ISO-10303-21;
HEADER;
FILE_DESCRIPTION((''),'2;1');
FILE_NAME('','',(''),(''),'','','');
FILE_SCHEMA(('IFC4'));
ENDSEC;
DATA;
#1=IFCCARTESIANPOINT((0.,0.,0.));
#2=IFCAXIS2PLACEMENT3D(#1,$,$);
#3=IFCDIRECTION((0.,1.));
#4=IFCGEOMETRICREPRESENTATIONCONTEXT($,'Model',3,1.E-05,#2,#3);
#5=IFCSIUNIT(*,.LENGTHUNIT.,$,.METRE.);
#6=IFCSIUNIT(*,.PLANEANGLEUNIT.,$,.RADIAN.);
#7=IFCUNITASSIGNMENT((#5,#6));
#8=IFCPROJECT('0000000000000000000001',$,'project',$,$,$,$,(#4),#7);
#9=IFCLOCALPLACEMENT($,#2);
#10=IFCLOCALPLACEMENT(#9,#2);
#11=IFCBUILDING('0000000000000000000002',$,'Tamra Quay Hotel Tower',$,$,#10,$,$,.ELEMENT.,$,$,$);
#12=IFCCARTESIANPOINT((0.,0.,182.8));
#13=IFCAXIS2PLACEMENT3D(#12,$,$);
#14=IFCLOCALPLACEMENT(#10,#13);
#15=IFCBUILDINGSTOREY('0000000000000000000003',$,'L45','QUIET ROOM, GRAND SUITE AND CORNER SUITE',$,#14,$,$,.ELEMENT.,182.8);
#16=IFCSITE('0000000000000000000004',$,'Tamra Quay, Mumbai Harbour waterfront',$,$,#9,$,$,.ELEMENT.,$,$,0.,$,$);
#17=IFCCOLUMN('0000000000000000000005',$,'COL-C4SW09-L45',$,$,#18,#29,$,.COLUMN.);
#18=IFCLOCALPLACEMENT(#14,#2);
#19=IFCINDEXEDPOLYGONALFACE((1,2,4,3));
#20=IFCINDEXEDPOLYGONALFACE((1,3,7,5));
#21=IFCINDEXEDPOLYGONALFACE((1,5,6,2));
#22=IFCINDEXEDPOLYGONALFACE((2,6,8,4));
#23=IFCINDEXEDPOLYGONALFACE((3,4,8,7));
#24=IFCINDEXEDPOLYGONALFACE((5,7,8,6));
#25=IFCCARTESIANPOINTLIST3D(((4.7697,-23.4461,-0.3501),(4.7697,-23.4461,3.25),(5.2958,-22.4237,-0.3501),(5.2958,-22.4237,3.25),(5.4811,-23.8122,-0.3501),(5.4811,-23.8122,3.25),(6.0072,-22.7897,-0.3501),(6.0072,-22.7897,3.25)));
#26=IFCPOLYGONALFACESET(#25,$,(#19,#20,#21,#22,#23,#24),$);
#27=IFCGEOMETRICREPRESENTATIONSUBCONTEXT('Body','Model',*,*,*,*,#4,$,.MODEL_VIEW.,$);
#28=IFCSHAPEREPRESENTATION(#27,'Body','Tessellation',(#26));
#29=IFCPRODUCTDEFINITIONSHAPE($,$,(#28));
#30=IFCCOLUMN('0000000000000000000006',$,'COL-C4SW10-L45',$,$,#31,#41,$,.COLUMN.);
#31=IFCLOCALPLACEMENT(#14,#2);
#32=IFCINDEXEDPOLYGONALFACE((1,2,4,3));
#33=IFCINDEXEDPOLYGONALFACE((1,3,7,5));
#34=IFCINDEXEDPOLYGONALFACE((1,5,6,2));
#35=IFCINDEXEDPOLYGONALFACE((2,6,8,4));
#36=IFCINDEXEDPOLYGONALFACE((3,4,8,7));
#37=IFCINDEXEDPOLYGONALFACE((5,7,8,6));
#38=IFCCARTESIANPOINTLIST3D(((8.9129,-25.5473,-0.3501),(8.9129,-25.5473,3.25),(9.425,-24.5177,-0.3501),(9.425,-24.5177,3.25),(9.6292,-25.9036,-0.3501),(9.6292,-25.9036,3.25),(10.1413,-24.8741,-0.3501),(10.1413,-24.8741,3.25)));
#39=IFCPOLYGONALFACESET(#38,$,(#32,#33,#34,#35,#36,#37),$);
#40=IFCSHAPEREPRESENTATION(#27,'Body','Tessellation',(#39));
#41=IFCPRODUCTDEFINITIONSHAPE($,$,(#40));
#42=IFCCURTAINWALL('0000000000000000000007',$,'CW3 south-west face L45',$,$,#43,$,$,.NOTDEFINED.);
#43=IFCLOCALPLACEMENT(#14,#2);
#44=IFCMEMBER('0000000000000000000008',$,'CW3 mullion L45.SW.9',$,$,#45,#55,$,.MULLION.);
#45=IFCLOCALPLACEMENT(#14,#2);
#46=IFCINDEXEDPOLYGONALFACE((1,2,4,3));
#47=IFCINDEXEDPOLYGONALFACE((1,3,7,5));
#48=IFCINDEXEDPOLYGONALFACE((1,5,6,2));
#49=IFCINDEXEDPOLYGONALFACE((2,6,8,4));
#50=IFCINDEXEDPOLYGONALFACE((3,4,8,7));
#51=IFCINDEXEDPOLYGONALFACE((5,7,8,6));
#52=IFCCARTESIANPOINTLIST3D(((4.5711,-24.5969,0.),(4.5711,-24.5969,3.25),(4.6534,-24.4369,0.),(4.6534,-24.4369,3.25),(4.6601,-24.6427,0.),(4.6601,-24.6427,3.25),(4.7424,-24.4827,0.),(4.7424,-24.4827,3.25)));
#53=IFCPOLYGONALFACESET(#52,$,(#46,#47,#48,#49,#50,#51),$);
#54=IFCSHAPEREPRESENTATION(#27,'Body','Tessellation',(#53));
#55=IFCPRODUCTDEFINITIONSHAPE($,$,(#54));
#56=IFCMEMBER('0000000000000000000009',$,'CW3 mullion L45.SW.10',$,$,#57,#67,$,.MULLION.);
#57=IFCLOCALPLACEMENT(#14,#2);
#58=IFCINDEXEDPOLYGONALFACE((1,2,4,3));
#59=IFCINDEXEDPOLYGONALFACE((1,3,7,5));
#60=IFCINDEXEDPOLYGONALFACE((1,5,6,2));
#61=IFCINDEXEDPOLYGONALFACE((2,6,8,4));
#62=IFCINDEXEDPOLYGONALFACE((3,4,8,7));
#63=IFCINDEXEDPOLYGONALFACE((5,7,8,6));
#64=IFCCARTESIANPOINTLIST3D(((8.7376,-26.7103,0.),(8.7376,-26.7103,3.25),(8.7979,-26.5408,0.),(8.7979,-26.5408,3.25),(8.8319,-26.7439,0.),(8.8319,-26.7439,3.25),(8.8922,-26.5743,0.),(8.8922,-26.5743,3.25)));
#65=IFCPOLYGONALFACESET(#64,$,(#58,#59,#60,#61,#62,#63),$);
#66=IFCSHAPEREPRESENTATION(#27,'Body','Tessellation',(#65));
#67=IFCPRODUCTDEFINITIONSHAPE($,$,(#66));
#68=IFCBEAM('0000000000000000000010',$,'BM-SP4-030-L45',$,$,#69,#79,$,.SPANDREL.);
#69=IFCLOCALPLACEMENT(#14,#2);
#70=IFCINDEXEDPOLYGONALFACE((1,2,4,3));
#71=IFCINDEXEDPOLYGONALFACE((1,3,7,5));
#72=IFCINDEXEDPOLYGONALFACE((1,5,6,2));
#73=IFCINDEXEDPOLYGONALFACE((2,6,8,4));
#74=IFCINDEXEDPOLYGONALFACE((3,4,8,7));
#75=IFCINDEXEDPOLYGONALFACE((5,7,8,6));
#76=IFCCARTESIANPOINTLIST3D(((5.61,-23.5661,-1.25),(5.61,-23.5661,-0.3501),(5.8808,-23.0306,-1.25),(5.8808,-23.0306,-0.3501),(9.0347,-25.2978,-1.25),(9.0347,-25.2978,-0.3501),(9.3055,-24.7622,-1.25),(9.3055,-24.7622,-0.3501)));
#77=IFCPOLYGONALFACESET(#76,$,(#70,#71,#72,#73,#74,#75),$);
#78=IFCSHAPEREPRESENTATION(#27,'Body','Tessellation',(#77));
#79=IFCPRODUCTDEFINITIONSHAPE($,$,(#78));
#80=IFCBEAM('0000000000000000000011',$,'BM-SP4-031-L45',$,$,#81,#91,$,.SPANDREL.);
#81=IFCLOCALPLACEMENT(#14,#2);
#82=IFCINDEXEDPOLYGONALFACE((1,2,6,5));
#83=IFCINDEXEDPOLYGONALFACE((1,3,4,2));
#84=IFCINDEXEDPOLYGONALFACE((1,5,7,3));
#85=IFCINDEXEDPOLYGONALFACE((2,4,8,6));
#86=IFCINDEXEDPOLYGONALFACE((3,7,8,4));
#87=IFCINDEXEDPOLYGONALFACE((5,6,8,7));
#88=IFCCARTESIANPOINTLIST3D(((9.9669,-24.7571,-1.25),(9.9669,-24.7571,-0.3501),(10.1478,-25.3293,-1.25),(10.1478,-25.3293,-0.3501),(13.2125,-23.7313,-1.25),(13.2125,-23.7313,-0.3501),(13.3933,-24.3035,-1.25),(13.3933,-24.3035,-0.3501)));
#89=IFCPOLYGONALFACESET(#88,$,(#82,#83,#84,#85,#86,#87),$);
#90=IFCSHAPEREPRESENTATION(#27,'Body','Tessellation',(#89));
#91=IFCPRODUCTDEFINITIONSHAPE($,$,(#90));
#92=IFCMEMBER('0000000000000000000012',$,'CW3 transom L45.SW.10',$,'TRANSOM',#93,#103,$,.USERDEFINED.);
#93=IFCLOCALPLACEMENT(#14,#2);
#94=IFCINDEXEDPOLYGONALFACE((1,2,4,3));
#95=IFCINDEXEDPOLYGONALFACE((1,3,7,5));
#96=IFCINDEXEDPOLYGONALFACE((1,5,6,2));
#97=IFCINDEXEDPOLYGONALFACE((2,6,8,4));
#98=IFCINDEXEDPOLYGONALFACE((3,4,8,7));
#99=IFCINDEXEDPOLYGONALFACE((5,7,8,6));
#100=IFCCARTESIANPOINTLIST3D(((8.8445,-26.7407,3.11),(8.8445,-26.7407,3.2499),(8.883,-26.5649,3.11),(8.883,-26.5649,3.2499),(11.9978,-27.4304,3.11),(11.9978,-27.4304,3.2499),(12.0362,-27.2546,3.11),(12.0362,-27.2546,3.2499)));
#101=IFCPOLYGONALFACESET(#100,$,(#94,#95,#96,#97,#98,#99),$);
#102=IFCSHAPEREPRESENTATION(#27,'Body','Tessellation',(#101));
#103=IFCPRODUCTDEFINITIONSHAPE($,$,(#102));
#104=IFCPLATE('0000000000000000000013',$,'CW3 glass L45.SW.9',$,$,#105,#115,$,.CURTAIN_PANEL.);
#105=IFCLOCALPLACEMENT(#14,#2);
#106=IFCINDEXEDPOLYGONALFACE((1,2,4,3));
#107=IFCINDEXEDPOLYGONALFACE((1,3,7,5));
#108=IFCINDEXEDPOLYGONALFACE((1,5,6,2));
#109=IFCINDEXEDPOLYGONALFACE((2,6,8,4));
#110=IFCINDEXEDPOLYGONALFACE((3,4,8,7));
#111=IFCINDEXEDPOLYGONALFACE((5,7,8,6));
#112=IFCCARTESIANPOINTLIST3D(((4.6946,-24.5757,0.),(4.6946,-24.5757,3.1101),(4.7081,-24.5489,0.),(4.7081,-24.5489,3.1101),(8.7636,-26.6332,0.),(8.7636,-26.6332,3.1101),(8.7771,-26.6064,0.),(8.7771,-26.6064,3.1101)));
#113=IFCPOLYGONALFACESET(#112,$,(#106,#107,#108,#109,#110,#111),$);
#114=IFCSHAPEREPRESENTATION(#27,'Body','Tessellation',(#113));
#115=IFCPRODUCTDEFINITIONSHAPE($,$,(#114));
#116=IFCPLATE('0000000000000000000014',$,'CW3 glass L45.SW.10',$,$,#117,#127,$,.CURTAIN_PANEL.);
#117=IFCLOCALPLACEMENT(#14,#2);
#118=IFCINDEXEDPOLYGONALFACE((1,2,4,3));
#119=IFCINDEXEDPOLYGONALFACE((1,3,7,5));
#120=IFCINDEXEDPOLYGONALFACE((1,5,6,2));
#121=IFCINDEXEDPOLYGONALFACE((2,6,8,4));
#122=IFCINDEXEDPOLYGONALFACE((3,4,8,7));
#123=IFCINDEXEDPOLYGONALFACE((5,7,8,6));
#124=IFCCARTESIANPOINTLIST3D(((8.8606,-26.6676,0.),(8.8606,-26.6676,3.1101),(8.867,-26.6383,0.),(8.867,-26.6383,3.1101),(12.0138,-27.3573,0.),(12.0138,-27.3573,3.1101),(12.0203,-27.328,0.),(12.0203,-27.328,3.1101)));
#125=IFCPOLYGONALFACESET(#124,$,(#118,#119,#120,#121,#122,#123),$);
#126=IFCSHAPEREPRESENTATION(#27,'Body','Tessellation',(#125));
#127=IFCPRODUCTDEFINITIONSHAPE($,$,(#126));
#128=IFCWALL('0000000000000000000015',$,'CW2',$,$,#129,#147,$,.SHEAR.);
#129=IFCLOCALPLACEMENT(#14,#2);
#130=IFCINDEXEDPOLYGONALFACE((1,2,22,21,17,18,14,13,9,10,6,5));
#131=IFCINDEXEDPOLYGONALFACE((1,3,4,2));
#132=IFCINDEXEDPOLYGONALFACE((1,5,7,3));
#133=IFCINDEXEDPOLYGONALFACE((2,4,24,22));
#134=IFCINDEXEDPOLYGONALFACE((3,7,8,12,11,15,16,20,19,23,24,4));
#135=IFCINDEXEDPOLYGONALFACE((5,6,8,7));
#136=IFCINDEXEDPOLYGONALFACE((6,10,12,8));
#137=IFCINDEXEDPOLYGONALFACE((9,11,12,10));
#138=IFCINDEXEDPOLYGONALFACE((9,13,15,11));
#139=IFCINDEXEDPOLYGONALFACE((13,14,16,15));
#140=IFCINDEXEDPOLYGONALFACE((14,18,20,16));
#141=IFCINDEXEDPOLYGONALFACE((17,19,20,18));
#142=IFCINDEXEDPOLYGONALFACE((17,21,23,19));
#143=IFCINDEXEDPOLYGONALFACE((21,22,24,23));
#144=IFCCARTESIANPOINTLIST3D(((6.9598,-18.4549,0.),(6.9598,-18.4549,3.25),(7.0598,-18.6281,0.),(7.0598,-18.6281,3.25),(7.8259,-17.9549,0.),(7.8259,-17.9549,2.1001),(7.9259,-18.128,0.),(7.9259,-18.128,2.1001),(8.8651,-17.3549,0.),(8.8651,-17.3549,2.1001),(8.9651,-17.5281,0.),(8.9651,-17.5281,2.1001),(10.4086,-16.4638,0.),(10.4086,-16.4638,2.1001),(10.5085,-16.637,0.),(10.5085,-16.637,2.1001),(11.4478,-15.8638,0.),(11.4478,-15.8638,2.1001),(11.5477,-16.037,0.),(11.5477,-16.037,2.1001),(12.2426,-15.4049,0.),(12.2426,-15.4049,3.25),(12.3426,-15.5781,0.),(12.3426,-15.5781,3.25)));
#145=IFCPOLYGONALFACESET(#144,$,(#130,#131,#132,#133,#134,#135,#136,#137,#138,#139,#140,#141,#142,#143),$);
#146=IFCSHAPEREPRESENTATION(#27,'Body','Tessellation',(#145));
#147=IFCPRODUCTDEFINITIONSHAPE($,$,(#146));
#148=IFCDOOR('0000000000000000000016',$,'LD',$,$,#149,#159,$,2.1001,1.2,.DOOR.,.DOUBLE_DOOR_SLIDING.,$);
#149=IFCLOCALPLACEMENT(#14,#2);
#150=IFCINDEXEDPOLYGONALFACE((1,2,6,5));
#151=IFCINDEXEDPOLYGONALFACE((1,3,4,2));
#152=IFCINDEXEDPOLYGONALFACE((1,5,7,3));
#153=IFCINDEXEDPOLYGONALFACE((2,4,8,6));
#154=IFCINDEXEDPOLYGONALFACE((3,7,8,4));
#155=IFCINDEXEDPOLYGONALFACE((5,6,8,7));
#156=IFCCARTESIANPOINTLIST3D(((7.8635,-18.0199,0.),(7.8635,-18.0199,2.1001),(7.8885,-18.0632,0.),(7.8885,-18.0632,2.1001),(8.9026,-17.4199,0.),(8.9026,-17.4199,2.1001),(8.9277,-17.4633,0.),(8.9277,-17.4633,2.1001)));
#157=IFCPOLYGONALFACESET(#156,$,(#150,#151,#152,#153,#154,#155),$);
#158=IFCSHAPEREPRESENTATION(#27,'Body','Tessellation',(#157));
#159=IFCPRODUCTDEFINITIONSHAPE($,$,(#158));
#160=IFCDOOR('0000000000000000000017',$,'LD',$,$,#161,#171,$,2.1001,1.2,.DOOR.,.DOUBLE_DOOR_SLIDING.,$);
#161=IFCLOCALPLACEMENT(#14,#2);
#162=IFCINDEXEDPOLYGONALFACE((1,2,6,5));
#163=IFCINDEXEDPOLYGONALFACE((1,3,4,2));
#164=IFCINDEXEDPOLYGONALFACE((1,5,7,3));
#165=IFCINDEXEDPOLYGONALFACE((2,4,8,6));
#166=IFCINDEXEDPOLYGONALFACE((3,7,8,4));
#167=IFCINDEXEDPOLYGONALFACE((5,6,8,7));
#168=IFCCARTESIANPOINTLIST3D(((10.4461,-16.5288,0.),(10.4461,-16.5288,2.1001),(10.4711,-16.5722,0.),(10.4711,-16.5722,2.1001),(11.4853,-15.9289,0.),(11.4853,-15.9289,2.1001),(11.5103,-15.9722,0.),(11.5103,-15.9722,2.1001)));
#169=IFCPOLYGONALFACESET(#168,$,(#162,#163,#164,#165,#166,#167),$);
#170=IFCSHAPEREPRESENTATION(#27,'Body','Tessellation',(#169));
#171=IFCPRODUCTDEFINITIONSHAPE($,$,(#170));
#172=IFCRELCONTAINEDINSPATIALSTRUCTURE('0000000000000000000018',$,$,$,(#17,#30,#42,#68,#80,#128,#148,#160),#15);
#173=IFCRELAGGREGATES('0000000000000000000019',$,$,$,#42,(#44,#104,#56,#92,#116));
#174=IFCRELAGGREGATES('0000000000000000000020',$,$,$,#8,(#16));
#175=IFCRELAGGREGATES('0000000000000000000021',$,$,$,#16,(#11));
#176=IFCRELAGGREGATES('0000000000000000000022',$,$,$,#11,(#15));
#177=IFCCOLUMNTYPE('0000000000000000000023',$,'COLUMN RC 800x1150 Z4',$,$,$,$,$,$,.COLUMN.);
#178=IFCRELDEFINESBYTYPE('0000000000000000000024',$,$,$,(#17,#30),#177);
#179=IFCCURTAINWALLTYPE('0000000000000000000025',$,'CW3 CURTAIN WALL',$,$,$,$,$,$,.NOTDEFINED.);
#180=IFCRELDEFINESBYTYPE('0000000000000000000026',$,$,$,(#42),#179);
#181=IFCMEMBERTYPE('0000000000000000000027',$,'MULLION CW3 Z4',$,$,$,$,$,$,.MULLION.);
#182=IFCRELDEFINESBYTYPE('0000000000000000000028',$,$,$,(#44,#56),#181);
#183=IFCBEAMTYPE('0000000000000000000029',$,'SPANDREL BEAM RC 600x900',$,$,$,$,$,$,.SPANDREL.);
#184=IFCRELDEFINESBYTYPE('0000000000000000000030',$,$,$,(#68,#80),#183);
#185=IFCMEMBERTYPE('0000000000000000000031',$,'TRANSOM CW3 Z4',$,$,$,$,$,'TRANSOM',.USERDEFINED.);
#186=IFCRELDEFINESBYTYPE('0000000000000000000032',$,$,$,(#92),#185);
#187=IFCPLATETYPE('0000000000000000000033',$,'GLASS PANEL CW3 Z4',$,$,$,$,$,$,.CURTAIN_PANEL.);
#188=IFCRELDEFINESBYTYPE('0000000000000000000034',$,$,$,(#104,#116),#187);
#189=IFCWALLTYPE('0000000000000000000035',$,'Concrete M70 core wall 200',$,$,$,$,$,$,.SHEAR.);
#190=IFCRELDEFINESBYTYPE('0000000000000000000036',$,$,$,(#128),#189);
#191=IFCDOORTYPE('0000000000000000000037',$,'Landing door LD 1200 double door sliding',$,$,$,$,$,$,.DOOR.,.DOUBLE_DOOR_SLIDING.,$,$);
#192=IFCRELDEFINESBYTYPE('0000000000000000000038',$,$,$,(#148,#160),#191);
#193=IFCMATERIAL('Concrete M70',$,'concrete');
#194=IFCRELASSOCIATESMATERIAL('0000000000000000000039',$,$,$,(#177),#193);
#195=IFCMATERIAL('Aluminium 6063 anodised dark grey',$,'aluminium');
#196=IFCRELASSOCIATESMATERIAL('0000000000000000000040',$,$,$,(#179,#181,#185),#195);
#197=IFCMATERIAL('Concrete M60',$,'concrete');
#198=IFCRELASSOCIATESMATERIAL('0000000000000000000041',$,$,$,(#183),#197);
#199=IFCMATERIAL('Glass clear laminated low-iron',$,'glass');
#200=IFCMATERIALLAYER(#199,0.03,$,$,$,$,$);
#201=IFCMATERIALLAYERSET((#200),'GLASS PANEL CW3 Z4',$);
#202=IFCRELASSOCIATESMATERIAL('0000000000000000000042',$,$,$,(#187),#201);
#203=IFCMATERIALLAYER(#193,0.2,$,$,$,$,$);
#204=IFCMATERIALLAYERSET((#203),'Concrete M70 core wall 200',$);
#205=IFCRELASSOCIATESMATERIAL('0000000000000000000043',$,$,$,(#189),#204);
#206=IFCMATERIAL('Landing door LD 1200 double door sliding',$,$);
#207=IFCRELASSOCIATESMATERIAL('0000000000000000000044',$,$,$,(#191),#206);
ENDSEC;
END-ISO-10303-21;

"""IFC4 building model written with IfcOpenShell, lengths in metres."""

from ifc_helpers import new_model, si_unit, direction, frame, frame_2d, origin, origin_2d, place, context, subcontext, project, spatial, rectangle, extrude, material, layer, layer_set, material_profile, profile_set, type_object, element, fill, aggregate, save


model = new_model("IFC4")

# Units and contexts
model_context = context("Model", 3, precision=1e-05, world=origin(), true_north=direction((0.0, 1.0)))
body_context = subcontext(model_context, "Body", "Model", "MODEL_VIEW")
ifc_project = project(units=[si_unit("LENGTHUNIT", "METRE"), si_unit("PLANEANGLEUNIT", "RADIAN")], contexts=[model_context])

# Site, building, storey
site_placement = place(None, origin())
site = spatial("IfcSite", under=ifc_project, at=site_placement, Name="Tamra Quay, Mumbai Harbour waterfront", CompositionType="ELEMENT", RefElevation=0.0)
building_placement = place(site_placement, origin())
building = spatial("IfcBuilding", under=site, at=building_placement, Name="Tamra Quay Hotel Tower", CompositionType="ELEMENT")
storey_placement = place(building_placement, frame((0.0, 0.0, 182.8)))
storey = spatial("IfcBuildingStorey", under=building, at=storey_placement, Name="L45", Description="QUIET ROOM, GRAND SUITE AND CORNER SUITE", CompositionType="ELEMENT", Elevation=182.8)

# Columns
ifc_material_1 = material(Name="Concrete M70", Category="concrete")
ifc_material_profile_1 = material_profile(ifc_material_1, rectangle(XDim=1.1499, YDim=0.8, at=origin_2d()), Name="COLUMN RC 800x1150 Z4")
ifc_profile_set_1 = profile_set([ifc_material_profile_1], Name="Concrete M70")
column_type = type_object("IfcColumnType", Name="COLUMN RC 800x1150 Z4", PredefinedType="COLUMN", material=ifc_profile_set_1)
for number, where, z_axis, x_axis, name in (
    (1, (5.3884, -23.1179, -0.3501), (0.0, 0.0, 1.0), (0.457548, 0.889185, 0.0), "COL-C4SW09-L45"),
    (2, (9.5271, -25.2107, -0.3501), (0.0, 0.0, 1.0), (0.445415, 0.895324, 0.0), "COL-C4SW10-L45"),
):
    element("IfcColumn", number, at=place(storey_placement, frame(where, z_axis=z_axis, x_axis=x_axis)), inside=storey, type_object=column_type, Name=name, PredefinedType="COLUMN", context=body_context, shape_type="SweptSolid", body=[
        extrude(rectangle(XDim=1.1499, YDim=0.8, at=origin_2d()), origin(), (0.0, 0.0, 1.0), 3.6001),
    ])

# Curtain wall, members
ifc_material_2 = material(Name="Aluminium 6063 anodised dark grey", Category="aluminium")
curtain_wall_type = type_object("IfcCurtainWallType", Name="CW3 CURTAIN WALL", PredefinedType="NOTDEFINED", material=ifc_material_2)
curtain_wall_placement = place(storey_placement, origin())
curtain_wall = element("IfcCurtainWall", 3, at=curtain_wall_placement, inside=storey, type_object=curtain_wall_type, Name="CW3 south-west face L45", PredefinedType="NOTDEFINED")
ifc_material_profile_2 = material_profile(ifc_material_2, rectangle(XDim=0.1799, YDim=0.1001, at=origin_2d()), Name="MULLION 100X180")
ifc_profile_set_2 = profile_set([ifc_material_profile_2], Name="Aluminium 6063 anodised dark grey")
member_type_1 = type_object("IfcMemberType", Name="MULLION CW3 Z4", PredefinedType="MULLION", material=ifc_profile_set_2)
member_1_placement = place(storey_placement, frame((4.6567, -24.5398, 0.0), z_axis=(0.0, 0.0, 1.0), x_axis=(-0.457401, -0.889261, 0.0)))
member_1 = element("IfcMember", 4, at=member_1_placement, type_object=member_type_1, Name="CW3 mullion L45.SW.9", PredefinedType="MULLION", context=body_context, shape_type="SweptSolid", body=[
    extrude(rectangle(XDim=0.1799, YDim=0.1001, at=origin_2d()), origin(), (0.0, 0.0, 1.0), 3.25),
])
member_2_placement = place(storey_placement, frame((8.8149, -26.6423, 0.0), z_axis=(0.0, 0.0, 1.0), x_axis=(-0.335128, -0.942173, 0.0)))
member_2 = element("IfcMember", 5, at=member_2_placement, type_object=member_type_1, Name="CW3 mullion L45.SW.10", PredefinedType="MULLION", context=body_context, shape_type="SweptSolid", body=[
    extrude(rectangle(XDim=0.1799, YDim=0.1001, at=origin_2d()), origin(), (0.0, 0.0, 1.0), 3.25),
])

# Beams
ifc_material_3 = material(Name="Concrete M60", Category="concrete")
ifc_material_profile_3 = material_profile(ifc_material_3, rectangle(XDim=0.6001, YDim=0.8999, at=origin_2d()), Name="SPANDREL BEAM RC 600x900")
ifc_profile_set_3 = profile_set([ifc_material_profile_3], Name="Concrete M60")
beam_type = type_object("IfcBeamType", Name="SPANDREL BEAM RC 600x900", PredefinedType="SPANDREL", material=ifc_profile_set_3)
beam_1_placement = place(storey_placement, frame((5.7454, -23.2983, -0.8), z_axis=(0.892408, -0.45123, 0.0), x_axis=(0.45123, 0.892408, 0.0)))
element("IfcBeam", 6, at=beam_1_placement, inside=storey, type_object=beam_type, Name="BM-SP4-030-L45", PredefinedType="SPANDREL", context=body_context, shape_type="SweptSolid", body=[
    extrude(rectangle(XDim=0.6001, YDim=0.8999, at=origin_2d()), origin(), (0.0, 0.0, 1.0), 3.8376),
])
beam_2_placement = place(storey_placement, frame((10.0574, -25.0432, -0.8), z_axis=(0.953502, 0.301385, 0.0), x_axis=(-0.301385, 0.953502, 0.0)))
element("IfcBeam", 7, at=beam_2_placement, inside=storey, type_object=beam_type, Name="BM-SP4-031-L45", PredefinedType="SPANDREL", context=body_context, shape_type="SweptSolid", body=[
    extrude(rectangle(XDim=0.6001, YDim=0.8999, at=origin_2d()), origin(), (0.0, 0.0, 1.0), 3.4038),
])

# Member
ifc_material_profile_4 = material_profile(ifc_material_2, rectangle(XDim=0.1799, YDim=0.1399, at=origin_2d()), Name="TRANSOM 180X140")
ifc_profile_set_4 = profile_set([ifc_material_profile_4], Name="Aluminium 6063 anodised dark grey")
member_type_2 = type_object("IfcMemberType", Name="TRANSOM CW3 Z4", ElementType="TRANSOM", PredefinedType="USERDEFINED", material=ifc_profile_set_4)
member_3_placement = place(storey_placement, frame((8.8638, -26.6528, 3.1799), z_axis=(0.976906, -0.21367, 0.0), x_axis=(0.21367, 0.976906, 0.0)))
member_3 = element("IfcMember", 8, at=member_3_placement, type_object=member_type_2, Name="CW3 transom L45.SW.10", ObjectType="TRANSOM", PredefinedType="USERDEFINED", context=body_context, shape_type="SweptSolid", body=[
    extrude(rectangle(XDim=0.1799, YDim=0.1399, at=origin_2d()), origin(), (0.0, 0.0, 1.0), 3.2278),
])

# Plates
ifc_material_4 = material(Name="Glass clear laminated low-iron", Category="glass")
ifc_layer_1 = layer(ifc_material_4, 0.03)
ifc_layer_set_1 = layer_set([ifc_layer_1], Name="GLASS PANEL CW3 Z4")
plate_type = type_object("IfcPlateType", Name="GLASS PANEL CW3 Z4", PredefinedType="CURTAIN_PANEL", material=ifc_layer_set_1)
plate_1_placement = place(storey_placement, frame((6.7358, -25.5911, 0.0), z_axis=(0.0, 0.0, 1.0), x_axis=(0.892403, -0.451239, 0.0)))
plate_1 = element("IfcPlate", 9, at=plate_1_placement, type_object=plate_type, Name="CW3 glass L45.SW.9", PredefinedType="CURTAIN_PANEL", context=body_context, shape_type="SweptSolid", body=[
    extrude(rectangle(XDim=4.5596, YDim=0.03, at=origin_2d()), origin(), (0.0, 0.0, 1.0), 3.1101),
])
plate_2_placement = place(storey_placement, frame((10.4404, -26.9978, 0.0), z_axis=(0.0, 0.0, 1.0), x_axis=(0.976906, -0.213669, 0.0)))
plate_2 = element("IfcPlate", 10, at=plate_2_placement, type_object=plate_type, Name="CW3 glass L45.SW.10", PredefinedType="CURTAIN_PANEL", context=body_context, shape_type="SweptSolid", body=[
    extrude(rectangle(XDim=3.2278, YDim=0.03, at=origin_2d()), origin(), (0.0, 0.0, 1.0), 3.1101),
])
aggregate(curtain_wall, [member_1, plate_1, member_2, member_3, plate_2])

# Wall, openings, doors
ifc_layer_2 = layer(ifc_material_1, 0.2)
ifc_layer_set_2 = layer_set([ifc_layer_2], Name="Concrete M70 core wall 200")
wall_type_1 = type_object("IfcWallType", Name="Concrete M70 core wall 200", PredefinedType="SHEAR", material=ifc_layer_set_2)
wall_1_placement = place(storey_placement, frame((7.0098, -18.5415, 0.0), z_axis=(0.0, 0.0, 1.0), x_axis=(0.86603, 0.499992, 0.0)))
wall_1 = element("IfcWall", 11, at=wall_1_placement, inside=storey, type_object=wall_type_1, Name="CW2", PredefinedType="SHEAR", context=body_context, shape_type="SweptSolid", body=[
    extrude(rectangle(XDim=6.1001, YDim=0.2, at=frame_2d((3.05, 0.0))), origin(), (0.0, 0.0, 1.0), 3.25),
])
opening_1_placement = place(wall_1_placement, frame((1.0, 0.0, 0.0)))
opening_1 = element("IfcOpeningElement", 12, at=opening_1_placement, cuts=wall_1, PredefinedType="OPENING", context=body_context, shape_type="SweptSolid", body=[
    extrude(rectangle(XDim=1.2, YDim=2.1001, at=frame_2d((0.6001, 1.05))), frame((0.0, 0.1099, 0.0), z_axis=(0.0, -1.0, 0.0), x_axis=(1.0, 0.0, 0.0)), (0.0, 0.0, 1.0), 0.22),
])
opening_2_placement = place(wall_1_placement, frame((3.9822, 0.0, 0.0)))
opening_2 = element("IfcOpeningElement", 13, at=opening_2_placement, cuts=wall_1, PredefinedType="OPENING", context=body_context, shape_type="SweptSolid", body=[
    extrude(rectangle(XDim=1.2, YDim=2.1001, at=frame_2d((0.6001, 1.05))), frame((0.0, 0.1099, 0.0), z_axis=(0.0, -1.0, 0.0), x_axis=(1.0, 0.0, 0.0)), (0.0, 0.0, 1.0), 0.22),
])
ifc_material_5 = material(Name="Landing door LD 1200 double door sliding")
door_type_1 = type_object("IfcDoorType", Name="Landing door LD 1200 double door sliding", OperationType="DOUBLE_DOOR_SLIDING", PredefinedType="DOOR", material=ifc_material_5)
door_1_placement = place(opening_1_placement, origin())
door_1 = element("IfcDoor", 14, at=door_1_placement, inside=storey, type_object=door_type_1, Name="LD", OperationType="DOUBLE_DOOR_SLIDING", OverallHeight=2.1001, OverallWidth=1.2, PredefinedType="DOOR", context=body_context, shape_type="SweptSolid", body=[
    extrude(rectangle(XDim=1.2, YDim=2.1001, at=frame_2d((0.6001, 1.05))), frame((0.0, 0.0249, 0.0), z_axis=(0.0, -1.0, 0.0), x_axis=(1.0, 0.0, 0.0)), (0.0, 0.0, 1.0), 0.05),
])
fill(opening_1, door_1)
door_2_placement = place(opening_2_placement, origin())
door_2 = element("IfcDoor", 15, at=door_2_placement, inside=storey, type_object=door_type_1, Name="LD", OperationType="DOUBLE_DOOR_SLIDING", OverallHeight=2.1001, OverallWidth=1.2, PredefinedType="DOOR", context=body_context, shape_type="SweptSolid", body=[
    extrude(rectangle(XDim=1.2, YDim=2.1001, at=frame_2d((0.6001, 1.05))), frame((0.0, 0.0249, 0.0), z_axis=(0.0, -1.0, 0.0), x_axis=(1.0, 0.0, 0.0)), (0.0, 0.0, 1.0), 0.05),
])
fill(opening_2, door_2)

save(model, "model.ifc")
